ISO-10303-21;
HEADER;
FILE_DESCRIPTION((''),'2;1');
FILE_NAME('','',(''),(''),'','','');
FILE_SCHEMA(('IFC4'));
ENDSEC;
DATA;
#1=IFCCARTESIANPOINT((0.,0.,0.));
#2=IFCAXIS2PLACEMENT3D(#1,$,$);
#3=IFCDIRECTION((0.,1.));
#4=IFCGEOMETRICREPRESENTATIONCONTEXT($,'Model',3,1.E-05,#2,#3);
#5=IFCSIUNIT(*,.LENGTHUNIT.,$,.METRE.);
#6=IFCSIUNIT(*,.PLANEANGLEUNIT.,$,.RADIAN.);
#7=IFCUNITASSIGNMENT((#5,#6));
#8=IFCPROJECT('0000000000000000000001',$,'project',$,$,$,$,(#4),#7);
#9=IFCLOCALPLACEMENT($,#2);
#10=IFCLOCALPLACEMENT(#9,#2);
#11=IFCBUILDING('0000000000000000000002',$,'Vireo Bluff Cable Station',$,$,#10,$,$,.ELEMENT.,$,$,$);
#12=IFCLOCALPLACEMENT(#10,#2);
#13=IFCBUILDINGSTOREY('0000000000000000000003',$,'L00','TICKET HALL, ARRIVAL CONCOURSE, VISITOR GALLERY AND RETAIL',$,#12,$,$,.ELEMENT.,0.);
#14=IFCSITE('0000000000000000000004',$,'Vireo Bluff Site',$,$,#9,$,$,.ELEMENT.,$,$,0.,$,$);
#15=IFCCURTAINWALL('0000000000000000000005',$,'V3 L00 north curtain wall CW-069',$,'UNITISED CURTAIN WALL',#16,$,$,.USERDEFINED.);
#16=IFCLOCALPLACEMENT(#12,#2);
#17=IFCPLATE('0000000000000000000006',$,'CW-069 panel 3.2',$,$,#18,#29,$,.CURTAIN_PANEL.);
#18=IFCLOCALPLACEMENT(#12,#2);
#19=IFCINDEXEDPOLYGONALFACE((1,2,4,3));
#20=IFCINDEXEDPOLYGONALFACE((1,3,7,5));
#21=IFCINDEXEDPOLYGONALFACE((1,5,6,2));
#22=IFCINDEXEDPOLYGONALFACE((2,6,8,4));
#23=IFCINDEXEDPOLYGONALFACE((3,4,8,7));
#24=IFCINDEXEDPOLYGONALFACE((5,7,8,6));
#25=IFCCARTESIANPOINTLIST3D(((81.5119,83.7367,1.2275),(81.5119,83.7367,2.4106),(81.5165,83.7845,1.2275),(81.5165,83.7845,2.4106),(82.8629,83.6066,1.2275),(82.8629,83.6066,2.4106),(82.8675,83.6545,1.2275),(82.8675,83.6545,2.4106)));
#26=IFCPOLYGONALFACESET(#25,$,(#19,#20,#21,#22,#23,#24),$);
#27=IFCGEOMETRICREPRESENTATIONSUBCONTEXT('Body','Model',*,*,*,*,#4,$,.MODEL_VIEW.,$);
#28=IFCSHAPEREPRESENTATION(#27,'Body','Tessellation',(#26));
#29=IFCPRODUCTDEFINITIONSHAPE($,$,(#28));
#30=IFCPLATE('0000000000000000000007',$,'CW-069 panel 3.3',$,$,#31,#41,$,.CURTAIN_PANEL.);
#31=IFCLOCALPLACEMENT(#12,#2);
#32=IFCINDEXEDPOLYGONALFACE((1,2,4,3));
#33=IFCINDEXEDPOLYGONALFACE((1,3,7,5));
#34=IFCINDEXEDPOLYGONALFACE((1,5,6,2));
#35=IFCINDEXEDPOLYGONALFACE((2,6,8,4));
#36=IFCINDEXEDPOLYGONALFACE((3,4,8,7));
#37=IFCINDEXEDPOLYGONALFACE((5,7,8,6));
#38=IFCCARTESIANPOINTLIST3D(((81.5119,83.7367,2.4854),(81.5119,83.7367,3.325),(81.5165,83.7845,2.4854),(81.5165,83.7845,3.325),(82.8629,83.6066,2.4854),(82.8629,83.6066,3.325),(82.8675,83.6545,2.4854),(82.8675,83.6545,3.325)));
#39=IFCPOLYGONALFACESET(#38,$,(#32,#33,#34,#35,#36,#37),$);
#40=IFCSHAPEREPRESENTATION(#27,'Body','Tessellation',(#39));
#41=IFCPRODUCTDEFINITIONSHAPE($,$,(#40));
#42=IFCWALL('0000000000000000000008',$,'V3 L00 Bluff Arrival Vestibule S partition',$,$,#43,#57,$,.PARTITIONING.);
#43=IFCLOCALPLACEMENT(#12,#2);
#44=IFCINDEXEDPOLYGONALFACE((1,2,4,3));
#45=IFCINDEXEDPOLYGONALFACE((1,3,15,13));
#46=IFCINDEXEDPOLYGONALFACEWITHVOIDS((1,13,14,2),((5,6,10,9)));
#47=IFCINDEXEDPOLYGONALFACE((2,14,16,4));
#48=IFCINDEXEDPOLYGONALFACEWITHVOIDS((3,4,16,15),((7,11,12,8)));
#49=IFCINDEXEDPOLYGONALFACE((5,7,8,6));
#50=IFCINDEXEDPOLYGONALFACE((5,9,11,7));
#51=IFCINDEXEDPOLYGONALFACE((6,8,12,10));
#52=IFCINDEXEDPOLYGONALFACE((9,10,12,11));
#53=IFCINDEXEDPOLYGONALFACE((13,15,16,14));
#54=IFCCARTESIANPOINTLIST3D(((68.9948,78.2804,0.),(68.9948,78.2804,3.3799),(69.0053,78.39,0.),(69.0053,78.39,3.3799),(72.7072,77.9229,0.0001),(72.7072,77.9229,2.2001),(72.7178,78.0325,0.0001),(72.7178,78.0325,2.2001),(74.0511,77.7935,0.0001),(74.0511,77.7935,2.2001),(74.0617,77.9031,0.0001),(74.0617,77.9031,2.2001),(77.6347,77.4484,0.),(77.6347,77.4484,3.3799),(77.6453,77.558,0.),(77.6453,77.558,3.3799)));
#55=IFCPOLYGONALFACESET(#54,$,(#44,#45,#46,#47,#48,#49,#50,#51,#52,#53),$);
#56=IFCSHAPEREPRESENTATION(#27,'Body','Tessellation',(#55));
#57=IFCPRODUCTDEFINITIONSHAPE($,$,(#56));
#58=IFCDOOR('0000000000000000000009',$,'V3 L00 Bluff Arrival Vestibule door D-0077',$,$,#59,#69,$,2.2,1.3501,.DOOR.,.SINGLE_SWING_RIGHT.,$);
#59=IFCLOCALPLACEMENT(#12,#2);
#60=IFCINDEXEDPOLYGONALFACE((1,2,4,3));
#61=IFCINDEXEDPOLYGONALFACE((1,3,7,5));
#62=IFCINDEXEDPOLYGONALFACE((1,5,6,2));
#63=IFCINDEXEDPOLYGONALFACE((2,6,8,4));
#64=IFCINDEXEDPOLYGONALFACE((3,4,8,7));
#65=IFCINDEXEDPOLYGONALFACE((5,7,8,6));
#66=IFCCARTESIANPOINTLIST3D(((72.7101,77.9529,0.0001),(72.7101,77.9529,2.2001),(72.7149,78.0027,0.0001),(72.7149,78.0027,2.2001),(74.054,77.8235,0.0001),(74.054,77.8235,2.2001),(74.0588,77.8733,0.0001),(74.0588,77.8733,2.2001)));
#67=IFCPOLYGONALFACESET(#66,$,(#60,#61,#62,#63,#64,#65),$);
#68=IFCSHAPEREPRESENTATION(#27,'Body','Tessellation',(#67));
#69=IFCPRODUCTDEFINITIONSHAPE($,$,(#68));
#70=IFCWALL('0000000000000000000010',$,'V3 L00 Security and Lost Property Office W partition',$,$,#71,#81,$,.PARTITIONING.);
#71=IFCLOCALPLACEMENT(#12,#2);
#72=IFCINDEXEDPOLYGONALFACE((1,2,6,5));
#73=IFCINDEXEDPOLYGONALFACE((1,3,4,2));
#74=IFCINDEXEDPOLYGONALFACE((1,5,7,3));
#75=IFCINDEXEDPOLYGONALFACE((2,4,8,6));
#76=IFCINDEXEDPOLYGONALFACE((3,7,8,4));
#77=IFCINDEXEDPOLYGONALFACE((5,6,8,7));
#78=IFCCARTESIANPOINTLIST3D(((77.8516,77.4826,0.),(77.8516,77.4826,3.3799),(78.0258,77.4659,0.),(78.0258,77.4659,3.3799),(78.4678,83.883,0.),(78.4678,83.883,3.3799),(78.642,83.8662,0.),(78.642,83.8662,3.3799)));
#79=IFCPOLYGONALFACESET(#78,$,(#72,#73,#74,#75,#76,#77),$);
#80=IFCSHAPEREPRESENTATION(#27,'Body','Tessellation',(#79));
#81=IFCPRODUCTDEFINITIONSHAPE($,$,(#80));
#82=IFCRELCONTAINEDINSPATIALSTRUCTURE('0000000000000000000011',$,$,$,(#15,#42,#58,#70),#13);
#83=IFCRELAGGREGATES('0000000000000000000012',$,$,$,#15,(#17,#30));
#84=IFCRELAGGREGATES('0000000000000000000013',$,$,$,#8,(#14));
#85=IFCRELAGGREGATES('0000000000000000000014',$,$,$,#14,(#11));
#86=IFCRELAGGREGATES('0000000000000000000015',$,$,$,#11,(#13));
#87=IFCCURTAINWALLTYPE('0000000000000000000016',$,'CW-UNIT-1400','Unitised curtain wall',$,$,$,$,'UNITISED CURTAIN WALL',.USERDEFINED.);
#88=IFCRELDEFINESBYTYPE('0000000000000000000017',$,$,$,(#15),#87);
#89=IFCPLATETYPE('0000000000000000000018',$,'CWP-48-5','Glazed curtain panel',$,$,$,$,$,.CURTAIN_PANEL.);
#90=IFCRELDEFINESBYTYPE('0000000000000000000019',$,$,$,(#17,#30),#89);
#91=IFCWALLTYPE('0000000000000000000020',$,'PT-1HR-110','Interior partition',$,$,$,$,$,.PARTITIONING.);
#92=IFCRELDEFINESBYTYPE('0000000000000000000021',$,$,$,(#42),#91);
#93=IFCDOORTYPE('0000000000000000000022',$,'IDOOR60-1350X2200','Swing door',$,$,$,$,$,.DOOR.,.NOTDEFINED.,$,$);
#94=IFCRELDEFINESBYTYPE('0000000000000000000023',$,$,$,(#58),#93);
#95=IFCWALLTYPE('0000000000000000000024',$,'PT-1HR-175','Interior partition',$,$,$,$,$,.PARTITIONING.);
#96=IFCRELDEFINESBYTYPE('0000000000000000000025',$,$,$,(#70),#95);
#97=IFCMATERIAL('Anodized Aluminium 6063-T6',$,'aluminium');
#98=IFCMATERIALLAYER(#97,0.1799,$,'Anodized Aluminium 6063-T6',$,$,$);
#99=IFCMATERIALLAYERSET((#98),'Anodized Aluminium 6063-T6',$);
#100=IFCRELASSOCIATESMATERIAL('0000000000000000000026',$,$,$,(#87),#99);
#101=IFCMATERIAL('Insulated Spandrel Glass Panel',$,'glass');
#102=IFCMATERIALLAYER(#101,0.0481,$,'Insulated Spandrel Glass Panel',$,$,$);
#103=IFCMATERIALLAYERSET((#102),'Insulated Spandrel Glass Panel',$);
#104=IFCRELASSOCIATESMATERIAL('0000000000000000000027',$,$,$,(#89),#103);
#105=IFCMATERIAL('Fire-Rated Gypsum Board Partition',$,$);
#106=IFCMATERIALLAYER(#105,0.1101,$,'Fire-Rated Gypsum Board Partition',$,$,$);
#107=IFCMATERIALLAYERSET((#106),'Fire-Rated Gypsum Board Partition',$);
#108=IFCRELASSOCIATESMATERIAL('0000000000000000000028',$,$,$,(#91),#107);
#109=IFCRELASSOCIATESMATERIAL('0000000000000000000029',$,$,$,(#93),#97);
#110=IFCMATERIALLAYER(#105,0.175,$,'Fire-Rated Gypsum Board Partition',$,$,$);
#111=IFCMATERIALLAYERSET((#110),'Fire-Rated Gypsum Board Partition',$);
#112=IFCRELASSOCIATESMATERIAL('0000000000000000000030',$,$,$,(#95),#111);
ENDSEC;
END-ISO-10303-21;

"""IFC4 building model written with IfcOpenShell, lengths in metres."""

from ifc_helpers import new_model, si_unit, direction, frame, frame_2d, origin, origin_with_axes, origin_2d, place, context, subcontext, project, spatial, rectangle, extrude, material, layer, layer_set, type_object, element, fill, aggregate, save


model = new_model("IFC4")

# Units and contexts
model_context = context("Model", 3, precision=1e-05, world=origin(), true_north=direction((0.0, 1.0)))
body_context = subcontext(model_context, "Body", "Model", "MODEL_VIEW")
ifc_project = project(units=[si_unit("LENGTHUNIT", "METRE"), si_unit("PLANEANGLEUNIT", "RADIAN")], contexts=[model_context])

# Site, building, storey
site_placement = place(None, origin())
site = spatial("IfcSite", under=ifc_project, at=site_placement, Name="Vireo Bluff Site", CompositionType="ELEMENT", RefElevation=0.0)
building_placement = place(site_placement, origin())
building = spatial("IfcBuilding", under=site, at=building_placement, Name="Vireo Bluff Cable Station", CompositionType="ELEMENT")
storey_placement = place(building_placement, origin())
storey = spatial("IfcBuildingStorey", under=building, at=storey_placement, Name="L00", Description="TICKET HALL, ARRIVAL CONCOURSE, VISITOR GALLERY AND RETAIL", CompositionType="ELEMENT", Elevation=0.0)

# Curtain wall
ifc_material_1 = material(Name="Anodized Aluminium 6063-T6", Category="aluminium")
ifc_layer_1 = layer(ifc_material_1, 0.1799, Name="Anodized Aluminium 6063-T6")
ifc_layer_set_1 = layer_set([ifc_layer_1], Name="Anodized Aluminium 6063-T6")
curtain_wall_type_1 = type_object("IfcCurtainWallType", Name="CW-UNIT-1400", Description="Unitised curtain wall", ElementType="UNITISED CURTAIN WALL", PredefinedType="USERDEFINED", material=ifc_layer_set_1)
curtain_wall_1_placement = place(storey_placement, origin())
curtain_wall_1 = element("IfcCurtainWall", 1, at=curtain_wall_1_placement, inside=storey, type_object=curtain_wall_type_1, Name="V3 L00 north curtain wall CW-069", ObjectType="UNITISED CURTAIN WALL", PredefinedType="USERDEFINED")

# Plates
ifc_material_2 = material(Name="Insulated Spandrel Glass Panel", Category="glass")
ifc_layer_2 = layer(ifc_material_2, 0.0481, Name="Insulated Spandrel Glass Panel")
ifc_layer_set_2 = layer_set([ifc_layer_2], Name="Insulated Spandrel Glass Panel")
plate_type_1 = type_object("IfcPlateType", Name="CWP-48-5", Description="Glazed curtain panel", PredefinedType="CURTAIN_PANEL", material=ifc_layer_set_2)
plate_1_placement = place(storey_placement, frame((82.1897, 83.6956, 1.2275), z_axis=(0.0, 0.0, 1.0), x_axis=(0.995396, -0.095846, 0.0)))
plate_1 = element("IfcPlate", 2, at=plate_1_placement, type_object=plate_type_1, Name="CW-069 panel 3.2", PredefinedType="CURTAIN_PANEL", context=body_context, shape_type="SweptSolid", body=[
    extrude(rectangle(XDim=1.3572, YDim=0.0481, at=origin_2d()), origin(), (0.0, 0.0, 1.0), 1.1831),
])
plate_2_placement = place(storey_placement, frame((82.1897, 83.6956, 2.4854), z_axis=(0.0, 0.0, 1.0), x_axis=(0.995396, -0.095846, 0.0)))
plate_2 = element("IfcPlate", 3, at=plate_2_placement, type_object=plate_type_1, Name="CW-069 panel 3.3", PredefinedType="CURTAIN_PANEL", context=body_context, shape_type="SweptSolid", body=[
    extrude(rectangle(XDim=1.3572, YDim=0.0481, at=origin_2d()), origin(), (0.0, 0.0, 1.0), 0.8396),
])
aggregate(curtain_wall_1, [plate_1, plate_2])

# Wall, opening, door
ifc_material_3 = material(Name="Fire-Rated Gypsum Board Partition")
ifc_layer_3 = layer(ifc_material_3, 0.1101, Name="Fire-Rated Gypsum Board Partition")
ifc_layer_set_3 = layer_set([ifc_layer_3], Name="Fire-Rated Gypsum Board Partition")
wall_type_1 = type_object("IfcWallType", Name="PT-1HR-110", Description="Interior partition", PredefinedType="PARTITIONING", material=ifc_layer_set_3)
wall_1_placement = place(storey_placement, frame((77.6399, 77.5032, 0.0), z_axis=(0.0, 0.0, 1.0), x_axis=(-0.995395, 0.095858, 0.0)))
wall_1 = element("IfcWall", 4, at=wall_1_placement, inside=storey, type_object=wall_type_1, Name="V3 L00 Bluff Arrival Vestibule S partition", PredefinedType="PARTITIONING", context=body_context, shape_type="SweptSolid", body=[
    extrude(rectangle(XDim=8.6799, YDim=0.1101, at=frame_2d((4.3398, 0.0))), origin(), (0.0, 0.0, 1.0), 3.3799),
])
opening_placement = place(wall_1_placement, frame((3.6001, 0.0, 0.0)))
opening = element("IfcOpeningElement", 5, at=opening_placement, cuts=wall_1, PredefinedType="OPENING", context=body_context, shape_type="SweptSolid", body=[
    extrude(rectangle(XDim=1.3501, YDim=2.2, at=frame_2d((0.675, 1.1001))), frame((0.0, 0.0649, 0.0), z_axis=(0.0, -1.0, 0.0), x_axis=(1.0, 0.0, 0.0)), (0.0, 0.0, 1.0), 0.1301),
])
door_type = type_object("IfcDoorType", Name="IDOOR60-1350X2200", Description="Swing door", OperationType="NOTDEFINED", PredefinedType="DOOR", material=ifc_material_1)
door_placement = place(opening_placement, origin_with_axes())
door = element("IfcDoor", 6, at=door_placement, inside=storey, type_object=door_type, Name="V3 L00 Bluff Arrival Vestibule door D-0077", OperationType="SINGLE_SWING_RIGHT", OverallHeight=2.2, OverallWidth=1.3501, PredefinedType="DOOR", context=body_context, shape_type="SweptSolid", body=[
    extrude(rectangle(XDim=1.3501, YDim=2.2, at=frame_2d((0.675, 1.1001))), frame((0.0, 0.0249, 0.0), z_axis=(0.0, -1.0, 0.0), x_axis=(1.0, 0.0, 0.0)), (0.0, 0.0, 1.0), 0.05),
])
fill(opening, door)

# Wall
ifc_layer_4 = layer(ifc_material_3, 0.175, Name="Fire-Rated Gypsum Board Partition")
ifc_layer_set_4 = layer_set([ifc_layer_4], Name="Fire-Rated Gypsum Board Partition")
wall_type_2 = type_object("IfcWallType", Name="PT-1HR-175", Description="Interior partition", PredefinedType="PARTITIONING", material=ifc_layer_set_4)
wall_2_placement = place(storey_placement, frame((77.9387, 77.4744, 0.0), z_axis=(0.0, 0.0, 1.0), x_axis=(0.095834, 0.995397, 0.0)))
element("IfcWall", 7, at=wall_2_placement, inside=storey, type_object=wall_type_2, Name="V3 L00 Security and Lost Property Office W partition", PredefinedType="PARTITIONING", context=body_context, shape_type="SweptSolid", body=[
    extrude(rectangle(XDim=6.4299, YDim=0.175, at=frame_2d((3.2148, 0.0))), origin(), (0.0, 0.0, 1.0), 3.3799),
])

save(model, "model.ifc")
